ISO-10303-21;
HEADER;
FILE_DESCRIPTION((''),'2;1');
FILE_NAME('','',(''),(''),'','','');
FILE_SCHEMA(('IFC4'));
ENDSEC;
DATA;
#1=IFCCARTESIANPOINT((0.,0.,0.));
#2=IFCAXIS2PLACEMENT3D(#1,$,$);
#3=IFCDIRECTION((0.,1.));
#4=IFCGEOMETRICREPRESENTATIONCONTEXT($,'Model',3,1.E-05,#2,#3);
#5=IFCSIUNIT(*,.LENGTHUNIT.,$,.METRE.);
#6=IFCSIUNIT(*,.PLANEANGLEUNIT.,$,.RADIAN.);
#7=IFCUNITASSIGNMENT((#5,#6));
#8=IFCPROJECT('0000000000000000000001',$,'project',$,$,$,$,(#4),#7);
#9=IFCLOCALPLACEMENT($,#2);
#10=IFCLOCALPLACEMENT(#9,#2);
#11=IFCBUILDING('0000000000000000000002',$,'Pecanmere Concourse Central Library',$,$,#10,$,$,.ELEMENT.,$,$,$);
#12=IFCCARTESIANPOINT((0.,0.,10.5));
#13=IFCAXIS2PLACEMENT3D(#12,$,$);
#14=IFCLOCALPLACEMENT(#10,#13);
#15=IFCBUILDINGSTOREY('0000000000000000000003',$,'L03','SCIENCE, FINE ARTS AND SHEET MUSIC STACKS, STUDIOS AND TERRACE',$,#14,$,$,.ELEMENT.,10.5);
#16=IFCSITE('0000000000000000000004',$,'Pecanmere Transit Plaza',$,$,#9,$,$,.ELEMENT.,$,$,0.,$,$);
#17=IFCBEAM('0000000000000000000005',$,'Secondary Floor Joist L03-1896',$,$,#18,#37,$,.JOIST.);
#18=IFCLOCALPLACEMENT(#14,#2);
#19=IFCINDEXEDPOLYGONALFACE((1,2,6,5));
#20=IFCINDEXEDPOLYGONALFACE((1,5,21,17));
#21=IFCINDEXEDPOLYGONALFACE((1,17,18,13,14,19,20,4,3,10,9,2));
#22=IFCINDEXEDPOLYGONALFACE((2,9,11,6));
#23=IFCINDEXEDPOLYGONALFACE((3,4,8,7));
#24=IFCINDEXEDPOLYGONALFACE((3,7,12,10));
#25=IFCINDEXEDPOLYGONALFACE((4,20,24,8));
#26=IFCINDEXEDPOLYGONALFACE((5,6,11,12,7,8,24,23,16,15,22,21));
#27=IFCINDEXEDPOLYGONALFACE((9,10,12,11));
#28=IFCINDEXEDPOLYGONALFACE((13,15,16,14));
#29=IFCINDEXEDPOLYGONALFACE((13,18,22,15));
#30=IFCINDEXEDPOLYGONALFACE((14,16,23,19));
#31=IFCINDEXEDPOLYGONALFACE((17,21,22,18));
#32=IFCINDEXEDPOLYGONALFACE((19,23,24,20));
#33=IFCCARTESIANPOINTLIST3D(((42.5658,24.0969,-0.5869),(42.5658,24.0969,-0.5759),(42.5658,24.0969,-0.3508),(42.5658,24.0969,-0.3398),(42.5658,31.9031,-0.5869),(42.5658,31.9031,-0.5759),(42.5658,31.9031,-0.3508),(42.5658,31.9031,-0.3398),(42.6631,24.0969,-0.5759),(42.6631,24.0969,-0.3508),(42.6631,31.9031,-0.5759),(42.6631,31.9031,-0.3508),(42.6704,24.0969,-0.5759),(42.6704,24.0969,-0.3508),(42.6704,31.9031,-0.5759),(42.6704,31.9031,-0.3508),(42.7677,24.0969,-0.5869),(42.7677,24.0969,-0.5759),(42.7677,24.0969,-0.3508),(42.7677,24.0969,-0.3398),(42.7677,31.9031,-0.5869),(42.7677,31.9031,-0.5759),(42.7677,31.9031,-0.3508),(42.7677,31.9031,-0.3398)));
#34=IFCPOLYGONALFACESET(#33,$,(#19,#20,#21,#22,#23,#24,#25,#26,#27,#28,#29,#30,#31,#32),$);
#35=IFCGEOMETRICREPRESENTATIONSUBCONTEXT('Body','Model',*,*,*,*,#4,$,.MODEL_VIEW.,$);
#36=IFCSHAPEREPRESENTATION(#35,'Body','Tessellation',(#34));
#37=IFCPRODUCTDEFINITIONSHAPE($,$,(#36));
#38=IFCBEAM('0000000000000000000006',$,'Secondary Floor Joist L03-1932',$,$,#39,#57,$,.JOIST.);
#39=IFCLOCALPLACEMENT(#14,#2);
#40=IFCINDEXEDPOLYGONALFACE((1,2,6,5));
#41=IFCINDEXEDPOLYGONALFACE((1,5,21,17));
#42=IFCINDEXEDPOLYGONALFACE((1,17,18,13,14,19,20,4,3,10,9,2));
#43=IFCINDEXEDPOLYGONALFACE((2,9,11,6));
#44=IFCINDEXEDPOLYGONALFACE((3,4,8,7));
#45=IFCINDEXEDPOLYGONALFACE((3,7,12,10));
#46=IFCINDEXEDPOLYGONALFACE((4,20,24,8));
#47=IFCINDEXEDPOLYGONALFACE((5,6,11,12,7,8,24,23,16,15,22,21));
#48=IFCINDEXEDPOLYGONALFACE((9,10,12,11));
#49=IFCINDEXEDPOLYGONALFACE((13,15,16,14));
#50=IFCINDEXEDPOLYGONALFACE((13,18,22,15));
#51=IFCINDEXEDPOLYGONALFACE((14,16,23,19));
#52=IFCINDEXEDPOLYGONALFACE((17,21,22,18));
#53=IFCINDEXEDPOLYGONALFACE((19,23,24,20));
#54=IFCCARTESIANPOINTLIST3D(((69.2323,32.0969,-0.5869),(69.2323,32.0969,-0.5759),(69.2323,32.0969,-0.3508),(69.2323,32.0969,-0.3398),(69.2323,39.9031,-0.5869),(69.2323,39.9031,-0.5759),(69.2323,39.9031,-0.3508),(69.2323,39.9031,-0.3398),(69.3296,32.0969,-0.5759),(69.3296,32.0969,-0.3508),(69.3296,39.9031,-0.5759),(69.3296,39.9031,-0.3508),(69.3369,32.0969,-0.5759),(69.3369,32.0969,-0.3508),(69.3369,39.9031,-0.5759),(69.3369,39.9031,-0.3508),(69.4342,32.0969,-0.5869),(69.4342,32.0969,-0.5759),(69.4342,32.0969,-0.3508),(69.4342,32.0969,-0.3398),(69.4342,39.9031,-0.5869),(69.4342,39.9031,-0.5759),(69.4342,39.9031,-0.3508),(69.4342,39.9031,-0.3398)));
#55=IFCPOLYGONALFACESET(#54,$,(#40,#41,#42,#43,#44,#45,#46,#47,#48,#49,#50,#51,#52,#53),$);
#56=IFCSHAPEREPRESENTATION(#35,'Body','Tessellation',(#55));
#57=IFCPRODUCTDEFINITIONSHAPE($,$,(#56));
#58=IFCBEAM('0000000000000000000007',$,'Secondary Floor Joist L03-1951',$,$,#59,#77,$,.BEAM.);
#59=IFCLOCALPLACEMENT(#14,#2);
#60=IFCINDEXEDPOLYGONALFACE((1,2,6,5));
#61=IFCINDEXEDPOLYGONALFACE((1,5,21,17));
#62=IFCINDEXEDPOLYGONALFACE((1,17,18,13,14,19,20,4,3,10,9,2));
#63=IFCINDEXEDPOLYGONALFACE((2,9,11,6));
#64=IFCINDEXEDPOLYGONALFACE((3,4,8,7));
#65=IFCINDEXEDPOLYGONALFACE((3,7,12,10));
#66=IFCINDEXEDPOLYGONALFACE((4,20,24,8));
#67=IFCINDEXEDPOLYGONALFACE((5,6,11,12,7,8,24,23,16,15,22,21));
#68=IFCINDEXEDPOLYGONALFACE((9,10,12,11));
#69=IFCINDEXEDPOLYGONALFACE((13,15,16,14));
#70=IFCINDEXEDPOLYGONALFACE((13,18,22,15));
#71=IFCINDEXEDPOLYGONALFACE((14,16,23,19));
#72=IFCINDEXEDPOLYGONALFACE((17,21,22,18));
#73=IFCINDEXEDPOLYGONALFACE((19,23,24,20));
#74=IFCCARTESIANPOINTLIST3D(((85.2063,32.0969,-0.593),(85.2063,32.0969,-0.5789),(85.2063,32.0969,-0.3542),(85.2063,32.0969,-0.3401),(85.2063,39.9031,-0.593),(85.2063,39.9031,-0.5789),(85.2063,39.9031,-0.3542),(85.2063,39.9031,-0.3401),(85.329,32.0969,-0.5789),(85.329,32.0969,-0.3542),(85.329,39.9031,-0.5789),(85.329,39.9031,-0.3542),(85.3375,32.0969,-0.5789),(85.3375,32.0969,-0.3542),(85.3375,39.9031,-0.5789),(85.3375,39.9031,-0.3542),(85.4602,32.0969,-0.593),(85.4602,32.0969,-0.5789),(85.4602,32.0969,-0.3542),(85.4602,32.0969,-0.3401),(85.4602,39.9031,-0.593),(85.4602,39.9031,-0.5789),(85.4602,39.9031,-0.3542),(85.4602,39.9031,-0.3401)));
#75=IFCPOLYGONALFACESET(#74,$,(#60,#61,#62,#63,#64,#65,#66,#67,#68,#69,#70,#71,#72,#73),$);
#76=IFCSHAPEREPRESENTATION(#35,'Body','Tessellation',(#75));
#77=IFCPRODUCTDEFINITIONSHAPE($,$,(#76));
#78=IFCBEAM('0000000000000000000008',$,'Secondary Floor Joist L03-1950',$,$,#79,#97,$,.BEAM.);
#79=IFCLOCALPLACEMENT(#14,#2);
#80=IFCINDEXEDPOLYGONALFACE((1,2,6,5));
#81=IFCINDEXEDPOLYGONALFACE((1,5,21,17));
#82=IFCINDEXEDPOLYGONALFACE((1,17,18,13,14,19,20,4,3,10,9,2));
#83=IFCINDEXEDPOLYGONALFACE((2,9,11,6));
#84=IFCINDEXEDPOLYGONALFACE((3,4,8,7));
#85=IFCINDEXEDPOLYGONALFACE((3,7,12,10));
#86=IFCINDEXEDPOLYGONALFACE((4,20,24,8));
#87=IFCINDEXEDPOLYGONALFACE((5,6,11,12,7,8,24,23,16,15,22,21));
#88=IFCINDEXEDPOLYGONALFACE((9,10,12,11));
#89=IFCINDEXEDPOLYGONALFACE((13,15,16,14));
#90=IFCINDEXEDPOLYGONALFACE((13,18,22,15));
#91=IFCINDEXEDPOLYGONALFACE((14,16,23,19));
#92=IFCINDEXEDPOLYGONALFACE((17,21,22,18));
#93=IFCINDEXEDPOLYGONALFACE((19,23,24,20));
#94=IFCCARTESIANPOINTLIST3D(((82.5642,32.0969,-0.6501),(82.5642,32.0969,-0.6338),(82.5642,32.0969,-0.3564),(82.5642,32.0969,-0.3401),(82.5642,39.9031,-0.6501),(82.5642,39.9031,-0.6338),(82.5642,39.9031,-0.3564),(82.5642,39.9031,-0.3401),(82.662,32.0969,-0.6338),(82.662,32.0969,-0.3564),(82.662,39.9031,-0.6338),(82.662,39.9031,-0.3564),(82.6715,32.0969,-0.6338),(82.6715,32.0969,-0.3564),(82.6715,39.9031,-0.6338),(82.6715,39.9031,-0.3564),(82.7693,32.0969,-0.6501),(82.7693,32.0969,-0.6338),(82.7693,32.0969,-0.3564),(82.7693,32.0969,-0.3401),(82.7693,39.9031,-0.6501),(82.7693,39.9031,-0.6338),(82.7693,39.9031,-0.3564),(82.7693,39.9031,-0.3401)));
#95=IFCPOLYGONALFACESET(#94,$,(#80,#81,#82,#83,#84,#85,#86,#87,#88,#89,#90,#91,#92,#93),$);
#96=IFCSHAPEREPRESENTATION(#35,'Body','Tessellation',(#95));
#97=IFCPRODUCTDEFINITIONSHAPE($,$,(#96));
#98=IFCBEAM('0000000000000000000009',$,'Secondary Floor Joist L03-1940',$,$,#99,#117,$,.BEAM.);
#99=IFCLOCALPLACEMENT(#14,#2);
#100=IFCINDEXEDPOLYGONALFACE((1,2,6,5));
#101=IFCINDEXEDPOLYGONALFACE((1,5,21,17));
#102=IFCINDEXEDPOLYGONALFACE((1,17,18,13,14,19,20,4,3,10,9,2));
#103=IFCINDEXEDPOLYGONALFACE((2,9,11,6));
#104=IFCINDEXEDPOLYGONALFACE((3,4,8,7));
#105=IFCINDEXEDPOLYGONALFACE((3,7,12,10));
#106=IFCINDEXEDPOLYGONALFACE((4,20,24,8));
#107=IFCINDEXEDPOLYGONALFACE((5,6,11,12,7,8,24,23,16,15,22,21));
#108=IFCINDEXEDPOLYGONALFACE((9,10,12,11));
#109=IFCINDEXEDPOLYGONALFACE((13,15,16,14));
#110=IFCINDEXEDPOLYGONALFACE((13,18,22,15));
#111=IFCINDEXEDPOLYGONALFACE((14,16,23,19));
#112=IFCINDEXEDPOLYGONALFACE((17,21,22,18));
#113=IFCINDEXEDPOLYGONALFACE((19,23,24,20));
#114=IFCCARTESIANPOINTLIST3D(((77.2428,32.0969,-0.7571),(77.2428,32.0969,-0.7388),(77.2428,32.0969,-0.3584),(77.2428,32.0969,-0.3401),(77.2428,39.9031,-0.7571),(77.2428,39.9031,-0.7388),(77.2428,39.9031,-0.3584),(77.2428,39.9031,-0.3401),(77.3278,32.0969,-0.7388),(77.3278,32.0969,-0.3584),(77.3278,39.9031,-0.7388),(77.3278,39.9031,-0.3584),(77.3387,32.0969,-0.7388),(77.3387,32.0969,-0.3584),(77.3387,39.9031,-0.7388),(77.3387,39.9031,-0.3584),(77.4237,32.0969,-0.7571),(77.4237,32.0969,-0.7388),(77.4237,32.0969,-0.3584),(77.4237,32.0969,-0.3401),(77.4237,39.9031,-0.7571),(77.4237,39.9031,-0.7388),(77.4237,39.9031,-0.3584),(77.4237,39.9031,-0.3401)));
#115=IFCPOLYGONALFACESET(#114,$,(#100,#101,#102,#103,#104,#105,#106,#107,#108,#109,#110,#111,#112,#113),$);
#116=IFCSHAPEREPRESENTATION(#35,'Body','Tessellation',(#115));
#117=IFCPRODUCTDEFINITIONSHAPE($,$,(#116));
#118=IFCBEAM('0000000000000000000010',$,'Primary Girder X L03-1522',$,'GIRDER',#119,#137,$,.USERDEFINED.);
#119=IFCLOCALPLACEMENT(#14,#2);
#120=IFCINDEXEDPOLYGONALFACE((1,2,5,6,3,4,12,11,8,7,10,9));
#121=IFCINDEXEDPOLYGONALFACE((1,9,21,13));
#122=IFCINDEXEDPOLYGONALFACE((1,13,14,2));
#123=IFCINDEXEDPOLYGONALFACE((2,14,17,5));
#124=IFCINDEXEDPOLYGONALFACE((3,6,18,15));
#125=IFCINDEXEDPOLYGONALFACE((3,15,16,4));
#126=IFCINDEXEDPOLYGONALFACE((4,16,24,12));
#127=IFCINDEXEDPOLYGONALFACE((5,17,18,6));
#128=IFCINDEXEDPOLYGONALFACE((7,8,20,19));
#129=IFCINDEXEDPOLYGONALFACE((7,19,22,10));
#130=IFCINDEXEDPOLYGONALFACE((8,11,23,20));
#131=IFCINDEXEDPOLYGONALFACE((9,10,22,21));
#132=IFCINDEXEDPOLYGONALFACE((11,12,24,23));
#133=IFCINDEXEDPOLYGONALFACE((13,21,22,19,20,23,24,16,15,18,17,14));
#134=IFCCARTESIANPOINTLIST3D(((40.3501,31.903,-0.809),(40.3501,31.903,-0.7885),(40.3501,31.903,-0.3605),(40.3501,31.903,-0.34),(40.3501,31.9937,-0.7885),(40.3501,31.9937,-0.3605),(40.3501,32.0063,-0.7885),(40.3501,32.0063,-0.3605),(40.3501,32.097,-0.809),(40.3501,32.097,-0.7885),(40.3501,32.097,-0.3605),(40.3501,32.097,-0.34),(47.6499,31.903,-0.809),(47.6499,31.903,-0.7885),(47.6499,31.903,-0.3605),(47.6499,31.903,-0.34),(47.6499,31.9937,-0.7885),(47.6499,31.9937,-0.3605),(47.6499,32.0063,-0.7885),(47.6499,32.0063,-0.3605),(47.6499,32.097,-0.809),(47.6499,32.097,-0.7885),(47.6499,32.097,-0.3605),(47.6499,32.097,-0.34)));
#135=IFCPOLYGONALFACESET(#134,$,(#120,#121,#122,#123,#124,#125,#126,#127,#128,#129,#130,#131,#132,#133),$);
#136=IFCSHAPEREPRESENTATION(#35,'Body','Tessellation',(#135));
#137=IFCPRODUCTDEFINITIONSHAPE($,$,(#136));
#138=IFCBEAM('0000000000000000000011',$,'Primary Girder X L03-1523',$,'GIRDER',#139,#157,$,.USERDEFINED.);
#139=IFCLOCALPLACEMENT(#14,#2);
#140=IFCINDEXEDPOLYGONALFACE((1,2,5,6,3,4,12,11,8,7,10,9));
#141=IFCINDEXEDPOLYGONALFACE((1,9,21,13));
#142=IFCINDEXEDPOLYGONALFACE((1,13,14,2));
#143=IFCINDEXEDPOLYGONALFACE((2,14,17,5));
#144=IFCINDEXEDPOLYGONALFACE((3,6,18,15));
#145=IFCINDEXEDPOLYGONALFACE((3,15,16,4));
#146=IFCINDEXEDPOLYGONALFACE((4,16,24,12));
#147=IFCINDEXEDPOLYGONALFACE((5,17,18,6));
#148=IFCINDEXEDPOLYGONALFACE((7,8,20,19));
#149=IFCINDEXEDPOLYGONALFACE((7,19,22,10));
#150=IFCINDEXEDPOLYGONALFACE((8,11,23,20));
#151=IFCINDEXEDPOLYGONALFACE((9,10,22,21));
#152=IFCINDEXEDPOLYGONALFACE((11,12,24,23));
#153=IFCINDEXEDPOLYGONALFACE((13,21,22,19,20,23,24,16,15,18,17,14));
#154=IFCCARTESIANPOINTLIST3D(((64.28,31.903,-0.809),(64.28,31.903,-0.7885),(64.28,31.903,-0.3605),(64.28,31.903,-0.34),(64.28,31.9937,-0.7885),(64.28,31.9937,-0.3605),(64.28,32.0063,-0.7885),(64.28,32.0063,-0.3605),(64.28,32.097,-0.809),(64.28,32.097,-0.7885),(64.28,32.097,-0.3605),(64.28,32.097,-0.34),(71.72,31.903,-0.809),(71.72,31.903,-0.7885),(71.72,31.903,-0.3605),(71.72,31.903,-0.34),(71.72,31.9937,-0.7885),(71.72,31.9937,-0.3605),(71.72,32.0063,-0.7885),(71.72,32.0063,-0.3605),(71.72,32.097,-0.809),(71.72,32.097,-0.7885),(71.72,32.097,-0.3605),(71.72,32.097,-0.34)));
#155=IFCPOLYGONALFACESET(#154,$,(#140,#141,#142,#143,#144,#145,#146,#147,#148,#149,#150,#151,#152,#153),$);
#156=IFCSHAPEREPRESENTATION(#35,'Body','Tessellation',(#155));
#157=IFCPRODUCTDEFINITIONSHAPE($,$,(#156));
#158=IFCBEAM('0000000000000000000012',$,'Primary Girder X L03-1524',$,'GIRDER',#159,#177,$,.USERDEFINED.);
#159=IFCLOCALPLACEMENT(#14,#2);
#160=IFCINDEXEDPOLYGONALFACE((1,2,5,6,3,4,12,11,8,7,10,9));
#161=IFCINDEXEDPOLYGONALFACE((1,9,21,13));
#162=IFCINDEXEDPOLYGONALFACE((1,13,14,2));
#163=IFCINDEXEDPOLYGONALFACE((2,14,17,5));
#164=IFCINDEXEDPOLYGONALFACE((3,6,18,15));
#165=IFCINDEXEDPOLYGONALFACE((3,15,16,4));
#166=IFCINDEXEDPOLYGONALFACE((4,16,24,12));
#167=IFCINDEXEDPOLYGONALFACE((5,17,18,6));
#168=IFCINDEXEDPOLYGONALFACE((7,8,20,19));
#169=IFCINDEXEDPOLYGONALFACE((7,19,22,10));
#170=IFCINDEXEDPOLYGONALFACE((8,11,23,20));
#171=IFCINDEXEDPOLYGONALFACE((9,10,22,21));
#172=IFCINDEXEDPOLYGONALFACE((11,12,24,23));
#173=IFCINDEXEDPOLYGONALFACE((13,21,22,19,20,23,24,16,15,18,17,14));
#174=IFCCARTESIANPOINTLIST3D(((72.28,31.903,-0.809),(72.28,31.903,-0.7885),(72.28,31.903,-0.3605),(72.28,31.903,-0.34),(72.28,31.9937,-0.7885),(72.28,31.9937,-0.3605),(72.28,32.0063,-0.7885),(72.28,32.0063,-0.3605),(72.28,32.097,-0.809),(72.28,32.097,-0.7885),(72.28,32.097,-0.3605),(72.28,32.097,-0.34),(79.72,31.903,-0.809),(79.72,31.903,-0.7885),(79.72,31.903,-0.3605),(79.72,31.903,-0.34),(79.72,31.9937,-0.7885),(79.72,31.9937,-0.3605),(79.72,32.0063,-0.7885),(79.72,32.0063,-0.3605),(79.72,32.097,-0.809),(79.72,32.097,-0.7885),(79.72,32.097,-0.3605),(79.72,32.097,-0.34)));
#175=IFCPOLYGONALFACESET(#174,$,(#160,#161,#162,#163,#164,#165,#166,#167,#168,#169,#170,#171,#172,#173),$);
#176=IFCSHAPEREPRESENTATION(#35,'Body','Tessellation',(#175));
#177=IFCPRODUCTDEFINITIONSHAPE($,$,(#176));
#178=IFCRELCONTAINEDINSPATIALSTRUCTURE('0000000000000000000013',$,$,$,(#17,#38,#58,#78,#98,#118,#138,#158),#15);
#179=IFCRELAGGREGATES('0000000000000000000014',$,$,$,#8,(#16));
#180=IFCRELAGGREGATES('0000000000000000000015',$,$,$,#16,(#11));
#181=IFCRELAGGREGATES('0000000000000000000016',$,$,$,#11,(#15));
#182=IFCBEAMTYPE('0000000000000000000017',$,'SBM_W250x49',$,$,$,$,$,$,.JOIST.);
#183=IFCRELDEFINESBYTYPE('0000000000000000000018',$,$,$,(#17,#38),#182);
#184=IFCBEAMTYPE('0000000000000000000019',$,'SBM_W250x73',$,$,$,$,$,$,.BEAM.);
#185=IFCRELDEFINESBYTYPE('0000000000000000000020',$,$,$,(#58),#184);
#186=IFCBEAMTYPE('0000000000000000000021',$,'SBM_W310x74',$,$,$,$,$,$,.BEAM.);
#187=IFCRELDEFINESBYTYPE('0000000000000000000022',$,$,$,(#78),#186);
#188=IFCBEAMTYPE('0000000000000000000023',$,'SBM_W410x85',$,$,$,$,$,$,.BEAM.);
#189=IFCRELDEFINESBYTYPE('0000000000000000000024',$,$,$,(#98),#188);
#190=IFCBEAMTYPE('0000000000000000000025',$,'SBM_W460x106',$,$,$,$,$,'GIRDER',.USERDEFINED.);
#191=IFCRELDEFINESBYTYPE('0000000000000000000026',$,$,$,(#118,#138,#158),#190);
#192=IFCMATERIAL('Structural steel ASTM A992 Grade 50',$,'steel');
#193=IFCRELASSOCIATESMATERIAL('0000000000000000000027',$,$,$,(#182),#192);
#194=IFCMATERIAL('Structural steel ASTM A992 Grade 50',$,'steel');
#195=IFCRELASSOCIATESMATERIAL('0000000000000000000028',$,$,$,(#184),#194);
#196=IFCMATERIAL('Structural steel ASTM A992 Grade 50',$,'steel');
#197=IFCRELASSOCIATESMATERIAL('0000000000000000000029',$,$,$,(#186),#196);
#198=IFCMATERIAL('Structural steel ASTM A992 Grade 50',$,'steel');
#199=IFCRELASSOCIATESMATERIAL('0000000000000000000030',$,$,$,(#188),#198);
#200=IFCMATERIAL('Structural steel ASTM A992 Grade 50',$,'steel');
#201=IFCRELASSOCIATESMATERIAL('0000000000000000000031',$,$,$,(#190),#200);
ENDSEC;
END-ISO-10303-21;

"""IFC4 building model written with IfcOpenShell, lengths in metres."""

from ifc_helpers import new_model, si_unit, direction, frame, origin, origin_2d, place, context, subcontext, project, spatial, i_section, extrude, material, material_profile, profile_set, type_object, element, save


model = new_model("IFC4")

# Units and contexts
model_context = context("Model", 3, precision=1e-05, world=origin(), true_north=direction((0.0, 1.0)))
body_context = subcontext(model_context, "Body", "Model", "MODEL_VIEW")
ifc_project = project(units=[si_unit("LENGTHUNIT", "METRE"), si_unit("PLANEANGLEUNIT", "RADIAN")], contexts=[model_context])

# Site, building, storey
site_placement = place(None, origin())
site = spatial("IfcSite", under=ifc_project, at=site_placement, Name="Pecanmere Transit Plaza", CompositionType="ELEMENT", RefElevation=0.0)
building_placement = place(site_placement, origin())
building = spatial("IfcBuilding", under=site, at=building_placement, Name="Pecanmere Concourse Central Library", CompositionType="ELEMENT")
storey_placement = place(building_placement, frame((0.0, 0.0, 10.5)))
storey = spatial("IfcBuildingStorey", under=building, at=storey_placement, Name="L03", Description="SCIENCE, FINE ARTS AND SHEET MUSIC STACKS, STUDIOS AND TERRACE", CompositionType="ELEMENT", Elevation=10.5)

# Beams
ifc_material_1 = material(Name="Structural steel ASTM A992 Grade 50", Category="steel")
ifc_material_profile_1 = material_profile(ifc_material_1, i_section(OverallWidth=0.2019, OverallDepth=0.2471, WebThickness=0.0073, FlangeThickness=0.011, at=origin_2d()), Name="W250x49.1")
ifc_profile_set_1 = profile_set([ifc_material_profile_1], Name="Structural steel ASTM A992 Grade 50")
beam_type_1 = type_object("IfcBeamType", Name="SBM_W250x49", PredefinedType="JOIST", material=ifc_profile_set_1)
for number, where, z_axis, x_axis, name in (
    (1, (42.6667, 24.0969, -0.4634), (0.0, 1.0, 0.0), (-1.0, 0.0, 0.0), "Secondary Floor Joist L03-1896"),
    (2, (69.3333, 32.0969, -0.4634), (0.0, 1.0, 0.0), (-1.0, 0.0, 0.0), "Secondary Floor Joist L03-1932"),
):
    element("IfcBeam", number, at=place(storey_placement, frame(where, z_axis=z_axis, x_axis=x_axis)), inside=storey, type_object=beam_type_1, Name=name, PredefinedType="JOIST", context=body_context, shape_type="SweptSolid", body=[
        extrude(i_section(OverallWidth=0.2019, OverallDepth=0.2471, WebThickness=0.0073, FlangeThickness=0.011, at=origin_2d()), origin(), (0.0, 0.0, 1.0), 7.8062),
    ])
ifc_material_2 = material(Name="Structural steel ASTM A992 Grade 50", Category="steel")
ifc_material_profile_2 = material_profile(ifc_material_2, i_section(OverallWidth=0.2539, OverallDepth=0.2529, WebThickness=0.0085, FlangeThickness=0.0142, at=origin_2d()), Name="W250x73")
ifc_profile_set_2 = profile_set([ifc_material_profile_2], Name="Structural steel ASTM A992 Grade 50")
beam_type_2 = type_object("IfcBeamType", Name="SBM_W250x73", PredefinedType="BEAM", material=ifc_profile_set_2)
beam_1_placement = place(storey_placement, frame((85.3333, 32.0969, -0.4666), z_axis=(0.0, 1.0, 0.0), x_axis=(-1.0, 0.0, 0.0)))
element("IfcBeam", 3, at=beam_1_placement, inside=storey, type_object=beam_type_2, Name="Secondary Floor Joist L03-1951", PredefinedType="BEAM", context=body_context, shape_type="SweptSolid", body=[
    extrude(i_section(OverallWidth=0.2539, OverallDepth=0.2529, WebThickness=0.0085, FlangeThickness=0.0142, at=origin_2d()), origin(), (0.0, 0.0, 1.0), 7.8062),
])
ifc_material_3 = material(Name="Structural steel ASTM A992 Grade 50", Category="steel")
ifc_material_profile_3 = material_profile(ifc_material_3, i_section(OverallWidth=0.2051, OverallDepth=0.3101, WebThickness=0.0095, FlangeThickness=0.0164, at=origin_2d()), Name="W310x74")
ifc_profile_set_3 = profile_set([ifc_material_profile_3], Name="Structural steel ASTM A992 Grade 50")
beam_type_3 = type_object("IfcBeamType", Name="SBM_W310x74", PredefinedType="BEAM", material=ifc_profile_set_3)
beam_2_placement = place(storey_placement, frame((82.6667, 32.0969, -0.4951), z_axis=(0.0, 1.0, 0.0), x_axis=(-1.0, 0.0, 0.0)))
element("IfcBeam", 4, at=beam_2_placement, inside=storey, type_object=beam_type_3, Name="Secondary Floor Joist L03-1950", PredefinedType="BEAM", context=body_context, shape_type="SweptSolid", body=[
    extrude(i_section(OverallWidth=0.2051, OverallDepth=0.3101, WebThickness=0.0095, FlangeThickness=0.0164, at=origin_2d()), origin(), (0.0, 0.0, 1.0), 7.8062),
])
ifc_material_4 = material(Name="Structural steel ASTM A992 Grade 50", Category="steel")
ifc_material_profile_4 = material_profile(ifc_material_4, i_section(OverallWidth=0.1809, OverallDepth=0.417, WebThickness=0.011, FlangeThickness=0.0183, at=origin_2d()), Name="W410x85")
ifc_profile_set_4 = profile_set([ifc_material_profile_4], Name="Structural steel ASTM A992 Grade 50")
beam_type_4 = type_object("IfcBeamType", Name="SBM_W410x85", PredefinedType="BEAM", material=ifc_profile_set_4)
beam_3_placement = place(storey_placement, frame((77.3333, 32.0969, -0.5486), z_axis=(0.0, 1.0, 0.0), x_axis=(-1.0, 0.0, 0.0)))
element("IfcBeam", 5, at=beam_3_placement, inside=storey, type_object=beam_type_4, Name="Secondary Floor Joist L03-1940", PredefinedType="BEAM", context=body_context, shape_type="SweptSolid", body=[
    extrude(i_section(OverallWidth=0.1809, OverallDepth=0.417, WebThickness=0.011, FlangeThickness=0.0183, at=origin_2d()), origin(), (0.0, 0.0, 1.0), 7.8062),
])
ifc_material_5 = material(Name="Structural steel ASTM A992 Grade 50", Category="steel")
ifc_material_profile_5 = material_profile(ifc_material_5, i_section(OverallWidth=0.1941, OverallDepth=0.469, WebThickness=0.0127, FlangeThickness=0.0205, at=origin_2d()), Name="W460x106")
ifc_profile_set_5 = profile_set([ifc_material_profile_5], Name="Structural steel ASTM A992 Grade 50")
beam_type_5 = type_object("IfcBeamType", Name="SBM_W460x106", ElementType="GIRDER", PredefinedType="USERDEFINED", material=ifc_profile_set_5)
beam_4_placement = place(storey_placement, frame((40.3501, 32.0, -0.5745), z_axis=(1.0, 0.0, 0.0), x_axis=(0.0, 1.0, 0.0)))
element("IfcBeam", 6, at=beam_4_placement, inside=storey, type_object=beam_type_5, Name="Primary Girder X L03-1522", ObjectType="GIRDER", PredefinedType="USERDEFINED", context=body_context, shape_type="SweptSolid", body=[
    extrude(i_section(OverallWidth=0.1941, OverallDepth=0.469, WebThickness=0.0127, FlangeThickness=0.0205, at=origin_2d()), origin(), (0.0, 0.0, 1.0), 7.2998),
])
for number, where, z_axis, x_axis, name in (
    (7, (64.28, 32.0, -0.5745), (1.0, 0.0, 0.0), (0.0, 1.0, 0.0), "Primary Girder X L03-1523"),
    (8, (72.28, 32.0, -0.5745), (1.0, 0.0, 0.0), (0.0, 1.0, 0.0), "Primary Girder X L03-1524"),
):
    element("IfcBeam", number, at=place(storey_placement, frame(where, z_axis=z_axis, x_axis=x_axis)), inside=storey, type_object=beam_type_5, Name=name, ObjectType="GIRDER", PredefinedType="USERDEFINED", context=body_context, shape_type="SweptSolid", body=[
        extrude(i_section(OverallWidth=0.1941, OverallDepth=0.469, WebThickness=0.0127, FlangeThickness=0.0205, at=origin_2d()), origin(), (0.0, 0.0, 1.0), 7.4399),
    ])

save(model, "model.ifc")
